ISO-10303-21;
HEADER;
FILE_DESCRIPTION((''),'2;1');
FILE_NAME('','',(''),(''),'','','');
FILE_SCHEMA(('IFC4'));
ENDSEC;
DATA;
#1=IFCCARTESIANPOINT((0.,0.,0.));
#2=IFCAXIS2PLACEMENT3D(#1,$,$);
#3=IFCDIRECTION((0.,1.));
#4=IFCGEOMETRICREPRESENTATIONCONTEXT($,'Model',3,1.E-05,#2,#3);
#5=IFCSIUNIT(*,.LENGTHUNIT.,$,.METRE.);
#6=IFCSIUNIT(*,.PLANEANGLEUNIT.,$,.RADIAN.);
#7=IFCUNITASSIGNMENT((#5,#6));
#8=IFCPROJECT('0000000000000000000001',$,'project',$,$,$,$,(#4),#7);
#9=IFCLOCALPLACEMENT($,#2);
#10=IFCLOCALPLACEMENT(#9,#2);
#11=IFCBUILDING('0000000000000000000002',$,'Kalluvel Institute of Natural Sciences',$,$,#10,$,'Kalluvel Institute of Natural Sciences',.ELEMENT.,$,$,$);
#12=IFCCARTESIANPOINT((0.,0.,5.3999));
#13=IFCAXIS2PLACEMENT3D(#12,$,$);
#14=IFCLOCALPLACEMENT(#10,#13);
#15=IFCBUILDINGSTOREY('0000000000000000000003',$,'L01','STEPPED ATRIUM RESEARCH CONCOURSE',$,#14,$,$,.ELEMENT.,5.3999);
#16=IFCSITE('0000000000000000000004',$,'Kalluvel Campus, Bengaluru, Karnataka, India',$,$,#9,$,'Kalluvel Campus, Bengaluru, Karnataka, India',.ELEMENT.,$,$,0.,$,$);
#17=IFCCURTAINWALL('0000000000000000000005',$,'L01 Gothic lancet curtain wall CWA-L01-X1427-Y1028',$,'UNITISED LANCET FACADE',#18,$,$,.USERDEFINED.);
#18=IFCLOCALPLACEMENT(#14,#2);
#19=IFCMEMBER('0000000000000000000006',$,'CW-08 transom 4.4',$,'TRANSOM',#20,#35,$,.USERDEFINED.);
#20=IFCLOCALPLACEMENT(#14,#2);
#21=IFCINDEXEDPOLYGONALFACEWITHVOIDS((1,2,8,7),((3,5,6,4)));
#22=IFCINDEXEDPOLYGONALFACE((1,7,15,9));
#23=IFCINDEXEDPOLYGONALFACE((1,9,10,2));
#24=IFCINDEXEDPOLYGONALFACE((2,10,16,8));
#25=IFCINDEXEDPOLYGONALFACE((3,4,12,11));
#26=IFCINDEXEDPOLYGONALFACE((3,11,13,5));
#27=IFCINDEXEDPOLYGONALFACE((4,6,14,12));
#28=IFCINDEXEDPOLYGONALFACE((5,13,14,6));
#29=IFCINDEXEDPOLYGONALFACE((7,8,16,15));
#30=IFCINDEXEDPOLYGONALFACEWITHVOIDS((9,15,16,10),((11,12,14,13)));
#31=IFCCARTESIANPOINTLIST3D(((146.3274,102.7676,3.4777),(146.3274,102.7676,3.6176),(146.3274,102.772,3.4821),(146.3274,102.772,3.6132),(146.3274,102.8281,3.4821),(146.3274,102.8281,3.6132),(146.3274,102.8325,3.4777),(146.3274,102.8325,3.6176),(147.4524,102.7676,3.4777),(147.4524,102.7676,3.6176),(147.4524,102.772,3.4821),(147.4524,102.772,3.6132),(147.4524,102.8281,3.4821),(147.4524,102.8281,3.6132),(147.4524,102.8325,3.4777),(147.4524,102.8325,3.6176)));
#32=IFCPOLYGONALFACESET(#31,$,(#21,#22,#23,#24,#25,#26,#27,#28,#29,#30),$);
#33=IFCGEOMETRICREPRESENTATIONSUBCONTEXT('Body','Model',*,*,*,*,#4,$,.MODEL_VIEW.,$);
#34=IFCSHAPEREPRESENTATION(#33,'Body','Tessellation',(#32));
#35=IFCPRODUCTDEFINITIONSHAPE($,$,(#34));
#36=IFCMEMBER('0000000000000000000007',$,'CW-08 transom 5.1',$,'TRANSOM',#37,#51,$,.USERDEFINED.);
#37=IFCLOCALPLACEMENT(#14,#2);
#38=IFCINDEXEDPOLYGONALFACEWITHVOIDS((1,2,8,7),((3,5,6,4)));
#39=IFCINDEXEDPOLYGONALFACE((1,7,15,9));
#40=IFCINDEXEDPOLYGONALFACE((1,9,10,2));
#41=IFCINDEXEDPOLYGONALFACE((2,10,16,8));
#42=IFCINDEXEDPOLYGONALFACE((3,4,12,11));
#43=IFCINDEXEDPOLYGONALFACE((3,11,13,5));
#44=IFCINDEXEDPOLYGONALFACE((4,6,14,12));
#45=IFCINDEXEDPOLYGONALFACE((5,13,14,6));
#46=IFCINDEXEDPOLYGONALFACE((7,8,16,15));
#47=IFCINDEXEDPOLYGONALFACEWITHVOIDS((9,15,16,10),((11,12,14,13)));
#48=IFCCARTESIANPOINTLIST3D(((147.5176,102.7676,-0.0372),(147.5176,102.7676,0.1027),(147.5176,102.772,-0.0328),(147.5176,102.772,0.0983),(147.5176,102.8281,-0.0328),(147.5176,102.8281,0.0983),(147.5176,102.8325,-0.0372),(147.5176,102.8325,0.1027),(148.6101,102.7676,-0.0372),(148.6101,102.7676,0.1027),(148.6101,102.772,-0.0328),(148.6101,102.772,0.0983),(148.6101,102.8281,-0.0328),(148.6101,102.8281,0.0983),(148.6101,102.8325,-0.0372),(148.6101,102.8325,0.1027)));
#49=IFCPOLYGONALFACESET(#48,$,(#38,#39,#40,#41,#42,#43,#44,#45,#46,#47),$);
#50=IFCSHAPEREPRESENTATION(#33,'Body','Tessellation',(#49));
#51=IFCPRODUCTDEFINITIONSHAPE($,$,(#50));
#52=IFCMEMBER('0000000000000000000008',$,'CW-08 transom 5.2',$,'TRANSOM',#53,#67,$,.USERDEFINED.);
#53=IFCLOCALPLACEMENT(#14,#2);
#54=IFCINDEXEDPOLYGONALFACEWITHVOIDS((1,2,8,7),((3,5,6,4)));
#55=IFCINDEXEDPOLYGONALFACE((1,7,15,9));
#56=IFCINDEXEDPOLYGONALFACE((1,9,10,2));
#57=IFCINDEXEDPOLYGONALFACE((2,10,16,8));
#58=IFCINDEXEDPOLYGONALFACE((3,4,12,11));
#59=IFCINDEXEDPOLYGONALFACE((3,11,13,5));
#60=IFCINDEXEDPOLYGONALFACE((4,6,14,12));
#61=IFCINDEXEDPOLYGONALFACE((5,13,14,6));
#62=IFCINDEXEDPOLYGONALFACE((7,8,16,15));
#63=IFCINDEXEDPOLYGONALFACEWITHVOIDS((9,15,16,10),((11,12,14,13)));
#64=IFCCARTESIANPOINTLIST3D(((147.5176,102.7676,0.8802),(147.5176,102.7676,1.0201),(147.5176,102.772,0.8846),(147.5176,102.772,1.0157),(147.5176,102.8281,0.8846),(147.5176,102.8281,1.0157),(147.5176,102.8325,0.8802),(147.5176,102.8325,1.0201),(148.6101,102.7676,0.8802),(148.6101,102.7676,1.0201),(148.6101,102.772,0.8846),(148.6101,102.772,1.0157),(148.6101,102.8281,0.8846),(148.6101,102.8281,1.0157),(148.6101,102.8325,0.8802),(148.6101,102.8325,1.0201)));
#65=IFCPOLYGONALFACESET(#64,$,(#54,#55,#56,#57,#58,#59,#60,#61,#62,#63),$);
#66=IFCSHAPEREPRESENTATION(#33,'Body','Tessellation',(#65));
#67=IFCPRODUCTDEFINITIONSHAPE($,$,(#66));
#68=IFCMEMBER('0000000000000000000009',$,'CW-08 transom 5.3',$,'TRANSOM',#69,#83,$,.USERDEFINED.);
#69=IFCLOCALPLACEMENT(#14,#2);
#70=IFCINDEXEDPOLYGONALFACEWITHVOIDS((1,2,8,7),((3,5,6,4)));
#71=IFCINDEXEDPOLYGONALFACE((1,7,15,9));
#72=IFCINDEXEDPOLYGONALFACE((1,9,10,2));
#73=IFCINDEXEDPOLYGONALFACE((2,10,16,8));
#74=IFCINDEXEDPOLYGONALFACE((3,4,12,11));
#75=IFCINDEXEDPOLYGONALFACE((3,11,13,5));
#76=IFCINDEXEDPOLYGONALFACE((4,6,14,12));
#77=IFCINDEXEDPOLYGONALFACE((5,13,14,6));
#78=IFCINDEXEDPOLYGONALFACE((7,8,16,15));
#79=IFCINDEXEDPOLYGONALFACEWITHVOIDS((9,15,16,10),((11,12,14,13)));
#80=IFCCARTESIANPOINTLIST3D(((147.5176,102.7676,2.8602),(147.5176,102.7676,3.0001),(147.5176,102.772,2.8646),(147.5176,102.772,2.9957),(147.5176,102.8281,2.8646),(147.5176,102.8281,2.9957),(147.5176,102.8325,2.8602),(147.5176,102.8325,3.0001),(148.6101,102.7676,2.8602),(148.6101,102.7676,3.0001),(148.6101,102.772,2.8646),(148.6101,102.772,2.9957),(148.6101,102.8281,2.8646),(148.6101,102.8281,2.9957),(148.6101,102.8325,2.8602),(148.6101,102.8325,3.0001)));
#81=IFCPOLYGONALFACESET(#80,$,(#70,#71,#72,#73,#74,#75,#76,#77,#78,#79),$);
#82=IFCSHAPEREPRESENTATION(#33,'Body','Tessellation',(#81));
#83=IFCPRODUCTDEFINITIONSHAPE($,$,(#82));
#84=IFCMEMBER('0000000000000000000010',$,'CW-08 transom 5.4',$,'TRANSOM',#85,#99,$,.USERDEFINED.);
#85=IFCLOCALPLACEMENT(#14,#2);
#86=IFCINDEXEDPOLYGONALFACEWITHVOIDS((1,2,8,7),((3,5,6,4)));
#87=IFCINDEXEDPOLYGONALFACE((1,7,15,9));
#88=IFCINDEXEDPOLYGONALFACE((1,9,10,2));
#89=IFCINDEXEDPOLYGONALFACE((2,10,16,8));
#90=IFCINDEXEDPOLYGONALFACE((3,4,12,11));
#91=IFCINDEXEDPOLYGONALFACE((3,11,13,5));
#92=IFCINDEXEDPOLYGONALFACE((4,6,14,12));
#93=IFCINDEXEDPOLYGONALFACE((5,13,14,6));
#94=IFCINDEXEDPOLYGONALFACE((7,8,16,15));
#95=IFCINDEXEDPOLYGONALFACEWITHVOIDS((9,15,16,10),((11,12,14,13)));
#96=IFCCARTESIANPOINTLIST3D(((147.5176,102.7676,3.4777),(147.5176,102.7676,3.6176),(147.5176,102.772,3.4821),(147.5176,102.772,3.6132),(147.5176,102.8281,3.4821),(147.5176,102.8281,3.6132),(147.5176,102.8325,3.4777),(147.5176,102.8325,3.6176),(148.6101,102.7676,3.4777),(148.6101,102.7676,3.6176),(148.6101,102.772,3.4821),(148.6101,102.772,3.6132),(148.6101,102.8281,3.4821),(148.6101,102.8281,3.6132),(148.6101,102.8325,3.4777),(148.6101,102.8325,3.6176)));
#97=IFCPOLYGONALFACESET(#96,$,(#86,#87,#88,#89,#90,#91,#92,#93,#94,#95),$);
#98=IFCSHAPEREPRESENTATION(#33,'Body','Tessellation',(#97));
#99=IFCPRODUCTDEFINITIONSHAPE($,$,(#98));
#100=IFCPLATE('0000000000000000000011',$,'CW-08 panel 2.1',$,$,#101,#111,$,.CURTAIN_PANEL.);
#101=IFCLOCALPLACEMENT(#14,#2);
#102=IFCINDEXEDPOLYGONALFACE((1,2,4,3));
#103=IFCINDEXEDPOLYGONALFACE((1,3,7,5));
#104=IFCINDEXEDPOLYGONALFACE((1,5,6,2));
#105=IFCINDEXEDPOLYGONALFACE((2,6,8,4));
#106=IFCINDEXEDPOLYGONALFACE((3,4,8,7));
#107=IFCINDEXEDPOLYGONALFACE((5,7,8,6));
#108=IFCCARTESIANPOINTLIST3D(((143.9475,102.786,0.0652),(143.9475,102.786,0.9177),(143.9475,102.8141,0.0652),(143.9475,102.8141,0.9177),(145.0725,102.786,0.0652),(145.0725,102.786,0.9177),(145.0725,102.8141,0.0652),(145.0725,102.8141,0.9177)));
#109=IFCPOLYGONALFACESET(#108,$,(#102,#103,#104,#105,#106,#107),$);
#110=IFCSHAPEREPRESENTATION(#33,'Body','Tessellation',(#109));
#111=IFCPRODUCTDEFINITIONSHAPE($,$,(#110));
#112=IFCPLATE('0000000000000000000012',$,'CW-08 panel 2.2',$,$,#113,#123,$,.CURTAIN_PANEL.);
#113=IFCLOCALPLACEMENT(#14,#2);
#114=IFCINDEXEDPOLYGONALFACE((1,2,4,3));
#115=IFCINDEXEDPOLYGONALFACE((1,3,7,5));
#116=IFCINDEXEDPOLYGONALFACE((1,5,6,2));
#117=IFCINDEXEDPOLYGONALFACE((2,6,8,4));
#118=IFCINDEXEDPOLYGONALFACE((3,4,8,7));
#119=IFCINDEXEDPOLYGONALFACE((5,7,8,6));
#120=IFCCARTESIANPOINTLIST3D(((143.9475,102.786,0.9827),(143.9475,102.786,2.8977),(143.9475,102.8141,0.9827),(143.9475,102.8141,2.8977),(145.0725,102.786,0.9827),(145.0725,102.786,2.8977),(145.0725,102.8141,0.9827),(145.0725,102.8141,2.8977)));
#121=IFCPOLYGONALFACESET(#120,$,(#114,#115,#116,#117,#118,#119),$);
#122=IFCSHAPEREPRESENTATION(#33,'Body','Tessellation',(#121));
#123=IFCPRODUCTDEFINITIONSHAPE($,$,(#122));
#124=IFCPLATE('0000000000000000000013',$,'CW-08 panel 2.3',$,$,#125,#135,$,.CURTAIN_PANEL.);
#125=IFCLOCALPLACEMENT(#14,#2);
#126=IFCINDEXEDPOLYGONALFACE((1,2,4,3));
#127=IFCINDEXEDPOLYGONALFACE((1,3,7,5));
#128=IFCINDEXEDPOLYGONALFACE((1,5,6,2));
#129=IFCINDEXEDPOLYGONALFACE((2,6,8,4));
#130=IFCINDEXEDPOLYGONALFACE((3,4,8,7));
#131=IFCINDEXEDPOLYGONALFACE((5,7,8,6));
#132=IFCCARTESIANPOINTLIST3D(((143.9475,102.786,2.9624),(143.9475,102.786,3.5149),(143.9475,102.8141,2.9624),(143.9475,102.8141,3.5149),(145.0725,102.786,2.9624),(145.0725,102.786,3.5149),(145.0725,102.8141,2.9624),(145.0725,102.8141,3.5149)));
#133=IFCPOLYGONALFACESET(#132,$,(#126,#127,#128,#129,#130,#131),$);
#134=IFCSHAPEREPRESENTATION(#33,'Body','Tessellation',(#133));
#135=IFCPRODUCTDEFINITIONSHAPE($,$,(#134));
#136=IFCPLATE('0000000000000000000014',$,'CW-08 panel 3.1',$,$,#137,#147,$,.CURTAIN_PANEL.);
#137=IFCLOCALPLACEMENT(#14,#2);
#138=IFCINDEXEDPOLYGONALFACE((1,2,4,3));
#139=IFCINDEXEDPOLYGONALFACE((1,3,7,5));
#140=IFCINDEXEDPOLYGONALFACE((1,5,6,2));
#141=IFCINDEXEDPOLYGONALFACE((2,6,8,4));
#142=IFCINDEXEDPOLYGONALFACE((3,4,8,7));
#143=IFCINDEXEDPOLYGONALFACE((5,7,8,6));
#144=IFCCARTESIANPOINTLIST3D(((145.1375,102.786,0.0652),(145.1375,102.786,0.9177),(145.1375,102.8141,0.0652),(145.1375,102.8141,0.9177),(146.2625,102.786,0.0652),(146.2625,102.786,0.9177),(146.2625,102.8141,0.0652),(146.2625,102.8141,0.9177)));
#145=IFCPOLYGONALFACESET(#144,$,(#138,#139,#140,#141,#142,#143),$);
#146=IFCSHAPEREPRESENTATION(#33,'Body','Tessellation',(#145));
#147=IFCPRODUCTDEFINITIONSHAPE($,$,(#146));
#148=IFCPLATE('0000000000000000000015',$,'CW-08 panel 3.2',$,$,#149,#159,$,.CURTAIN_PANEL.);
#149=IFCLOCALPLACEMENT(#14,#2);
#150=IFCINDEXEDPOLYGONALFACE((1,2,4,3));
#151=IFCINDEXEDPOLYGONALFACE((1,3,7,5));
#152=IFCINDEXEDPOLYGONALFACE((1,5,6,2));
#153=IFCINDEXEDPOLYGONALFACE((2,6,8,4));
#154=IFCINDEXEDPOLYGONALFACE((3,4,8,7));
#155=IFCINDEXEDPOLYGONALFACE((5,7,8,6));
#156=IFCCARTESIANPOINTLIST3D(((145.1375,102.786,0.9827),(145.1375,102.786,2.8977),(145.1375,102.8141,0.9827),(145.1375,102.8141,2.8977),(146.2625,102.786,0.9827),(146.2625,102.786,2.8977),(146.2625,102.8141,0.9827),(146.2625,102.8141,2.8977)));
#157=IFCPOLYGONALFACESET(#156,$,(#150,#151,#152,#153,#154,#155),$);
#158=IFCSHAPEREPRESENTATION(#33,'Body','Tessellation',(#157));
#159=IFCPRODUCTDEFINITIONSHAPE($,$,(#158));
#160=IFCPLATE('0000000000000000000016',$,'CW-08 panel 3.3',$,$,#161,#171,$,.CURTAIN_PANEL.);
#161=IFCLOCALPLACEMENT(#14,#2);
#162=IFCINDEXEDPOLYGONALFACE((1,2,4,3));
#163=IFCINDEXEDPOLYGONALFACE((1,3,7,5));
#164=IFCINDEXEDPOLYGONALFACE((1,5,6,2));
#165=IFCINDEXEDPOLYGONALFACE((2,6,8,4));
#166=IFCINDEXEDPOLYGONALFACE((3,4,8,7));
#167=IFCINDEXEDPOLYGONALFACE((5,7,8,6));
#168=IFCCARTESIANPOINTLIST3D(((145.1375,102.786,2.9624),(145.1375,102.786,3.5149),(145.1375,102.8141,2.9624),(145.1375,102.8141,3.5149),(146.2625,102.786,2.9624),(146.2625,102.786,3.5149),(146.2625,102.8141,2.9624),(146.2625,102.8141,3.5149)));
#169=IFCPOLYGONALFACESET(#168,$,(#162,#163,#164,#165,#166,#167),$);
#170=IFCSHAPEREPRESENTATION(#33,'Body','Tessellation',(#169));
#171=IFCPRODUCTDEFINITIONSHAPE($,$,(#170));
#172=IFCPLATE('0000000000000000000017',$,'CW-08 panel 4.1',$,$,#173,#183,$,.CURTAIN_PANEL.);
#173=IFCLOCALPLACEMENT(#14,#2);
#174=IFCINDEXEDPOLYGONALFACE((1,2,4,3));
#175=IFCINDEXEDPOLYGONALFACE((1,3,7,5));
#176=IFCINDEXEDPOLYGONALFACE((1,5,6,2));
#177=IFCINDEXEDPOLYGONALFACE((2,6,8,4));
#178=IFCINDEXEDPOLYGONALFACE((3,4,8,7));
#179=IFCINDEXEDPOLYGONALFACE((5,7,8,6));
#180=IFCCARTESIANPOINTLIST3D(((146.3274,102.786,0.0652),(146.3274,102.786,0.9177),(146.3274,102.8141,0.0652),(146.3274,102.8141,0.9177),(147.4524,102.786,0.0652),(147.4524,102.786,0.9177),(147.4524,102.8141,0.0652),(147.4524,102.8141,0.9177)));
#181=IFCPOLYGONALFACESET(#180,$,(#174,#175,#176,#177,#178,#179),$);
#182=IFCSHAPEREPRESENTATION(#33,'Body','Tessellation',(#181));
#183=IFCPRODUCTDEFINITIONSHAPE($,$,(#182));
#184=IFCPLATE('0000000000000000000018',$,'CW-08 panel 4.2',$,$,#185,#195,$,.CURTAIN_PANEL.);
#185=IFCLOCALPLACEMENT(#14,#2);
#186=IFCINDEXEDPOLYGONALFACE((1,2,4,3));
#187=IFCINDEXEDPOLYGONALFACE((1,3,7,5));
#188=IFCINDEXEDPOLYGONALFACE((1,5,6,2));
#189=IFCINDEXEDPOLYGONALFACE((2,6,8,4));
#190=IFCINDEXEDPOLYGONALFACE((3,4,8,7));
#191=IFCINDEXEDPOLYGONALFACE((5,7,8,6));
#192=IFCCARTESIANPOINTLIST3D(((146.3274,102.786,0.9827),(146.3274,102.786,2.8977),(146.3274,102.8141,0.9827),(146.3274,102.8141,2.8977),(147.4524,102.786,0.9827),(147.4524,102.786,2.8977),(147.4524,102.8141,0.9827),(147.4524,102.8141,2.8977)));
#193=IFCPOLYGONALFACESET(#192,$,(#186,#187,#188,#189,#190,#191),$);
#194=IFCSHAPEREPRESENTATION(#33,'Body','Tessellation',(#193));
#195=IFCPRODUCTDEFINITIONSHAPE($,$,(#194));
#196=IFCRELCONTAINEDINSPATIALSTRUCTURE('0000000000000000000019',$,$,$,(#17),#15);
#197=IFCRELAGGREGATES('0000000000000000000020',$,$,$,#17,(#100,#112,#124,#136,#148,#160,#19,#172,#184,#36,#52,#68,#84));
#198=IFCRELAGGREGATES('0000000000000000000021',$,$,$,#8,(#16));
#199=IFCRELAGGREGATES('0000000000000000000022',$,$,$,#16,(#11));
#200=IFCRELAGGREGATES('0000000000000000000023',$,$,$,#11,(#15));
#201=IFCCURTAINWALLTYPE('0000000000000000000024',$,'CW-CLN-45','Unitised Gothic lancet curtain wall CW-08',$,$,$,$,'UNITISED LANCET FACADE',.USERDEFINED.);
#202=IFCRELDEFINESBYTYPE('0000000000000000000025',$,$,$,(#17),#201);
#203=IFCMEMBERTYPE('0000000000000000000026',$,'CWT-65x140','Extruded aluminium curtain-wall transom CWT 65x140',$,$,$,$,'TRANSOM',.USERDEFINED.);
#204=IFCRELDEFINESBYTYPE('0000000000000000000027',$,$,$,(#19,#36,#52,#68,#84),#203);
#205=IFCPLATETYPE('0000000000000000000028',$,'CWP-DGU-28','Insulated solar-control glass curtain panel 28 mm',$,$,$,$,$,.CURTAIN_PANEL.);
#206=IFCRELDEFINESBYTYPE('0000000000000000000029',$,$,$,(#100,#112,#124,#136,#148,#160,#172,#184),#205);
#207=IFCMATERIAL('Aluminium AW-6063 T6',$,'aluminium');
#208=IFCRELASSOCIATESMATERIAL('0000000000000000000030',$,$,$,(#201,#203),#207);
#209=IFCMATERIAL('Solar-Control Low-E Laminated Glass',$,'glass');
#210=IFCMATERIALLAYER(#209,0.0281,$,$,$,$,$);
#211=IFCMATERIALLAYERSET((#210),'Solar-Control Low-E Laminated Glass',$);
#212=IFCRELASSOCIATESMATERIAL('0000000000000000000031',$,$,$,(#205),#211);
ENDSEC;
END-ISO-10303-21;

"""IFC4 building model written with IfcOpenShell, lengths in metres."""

from ifc_helpers import new_model, si_unit, direction, frame, origin, origin_2d, place, context, subcontext, project, spatial, rectangle, hollow_rectangle, extrude, material, layer, layer_set, material_profile, profile_set, type_object, element, aggregate, save


model = new_model("IFC4")

# Units and contexts
model_context = context("Model", 3, precision=1e-05, world=origin(), true_north=direction((0.0, 1.0)))
body_context = subcontext(model_context, "Body", "Model", "MODEL_VIEW")
ifc_project = project(units=[si_unit("LENGTHUNIT", "METRE"), si_unit("PLANEANGLEUNIT", "RADIAN")], contexts=[model_context])

# Site, building, storey
site_placement = place(None, origin())
site = spatial("IfcSite", under=ifc_project, at=site_placement, Name="Kalluvel Campus, Bengaluru, Karnataka, India", LongName="Kalluvel Campus, Bengaluru, Karnataka, India", CompositionType="ELEMENT", RefElevation=0.0)
building_placement = place(site_placement, origin())
building = spatial("IfcBuilding", under=site, at=building_placement, Name="Kalluvel Institute of Natural Sciences", LongName="Kalluvel Institute of Natural Sciences", CompositionType="ELEMENT")
storey_placement = place(building_placement, frame((0.0, 0.0, 5.3999)))
storey = spatial("IfcBuildingStorey", under=building, at=storey_placement, Name="L01", Description="STEPPED ATRIUM RESEARCH CONCOURSE", CompositionType="ELEMENT", Elevation=5.3999)

# Curtain wall, members, plates
ifc_material_1 = material(Name="Aluminium AW-6063 T6", Category="aluminium")
curtain_wall_type = type_object("IfcCurtainWallType", Name="CW-CLN-45", Description="Unitised Gothic lancet curtain wall CW-08", ElementType="UNITISED LANCET FACADE", PredefinedType="USERDEFINED", material=ifc_material_1)
curtain_wall_placement = place(storey_placement, origin())
curtain_wall = element("IfcCurtainWall", 1, at=curtain_wall_placement, inside=storey, type_object=curtain_wall_type, Name="L01 Gothic lancet curtain wall CWA-L01-X1427-Y1028", ObjectType="UNITISED LANCET FACADE", PredefinedType="USERDEFINED")
ifc_material_profile_1 = material_profile(ifc_material_1, hollow_rectangle(XDim=0.0649, YDim=0.1399, WallThickness=0.0044, at=origin_2d()), Name="CWT 65x140")
ifc_profile_set_1 = profile_set([ifc_material_profile_1], Name="Aluminium AW-6063 T6")
member_type_1 = type_object("IfcMemberType", Name="CWT-65x140", Description="Extruded aluminium curtain-wall transom CWT 65x140", ElementType="TRANSOM", PredefinedType="USERDEFINED", material=ifc_profile_set_1)
member_1_placement = place(storey_placement, frame((146.3274, 102.8, 3.5476), z_axis=(1.0, 0.0, 0.0), x_axis=(0.0, 1.0, 0.0)))
member_1 = element("IfcMember", 2, at=member_1_placement, type_object=member_type_1, Name="CW-08 transom 4.4", ObjectType="TRANSOM", PredefinedType="USERDEFINED", context=body_context, shape_type="SweptSolid", body=[
    extrude(hollow_rectangle(XDim=0.0649, YDim=0.1399, WallThickness=0.0044, at=origin_2d()), origin(), (0.0, 0.0, 1.0), 1.125),
])
member_2_placement = place(storey_placement, frame((147.5176, 102.8, 0.0327), z_axis=(1.0, 0.0, 0.0), x_axis=(0.0, 1.0, 0.0)))
member_2 = element("IfcMember", 3, at=member_2_placement, type_object=member_type_1, Name="CW-08 transom 5.1", ObjectType="TRANSOM", PredefinedType="USERDEFINED", context=body_context, shape_type="SweptSolid", body=[
    extrude(hollow_rectangle(XDim=0.0649, YDim=0.1399, WallThickness=0.0044, at=origin_2d()), origin(), (0.0, 0.0, 1.0), 1.0925),
])
member_3_placement = place(storey_placement, frame((147.5176, 102.8, 0.9502), z_axis=(1.0, 0.0, 0.0), x_axis=(0.0, 1.0, 0.0)))
member_3 = element("IfcMember", 4, at=member_3_placement, type_object=member_type_1, Name="CW-08 transom 5.2", ObjectType="TRANSOM", PredefinedType="USERDEFINED", context=body_context, shape_type="SweptSolid", body=[
    extrude(hollow_rectangle(XDim=0.0649, YDim=0.1399, WallThickness=0.0044, at=origin_2d()), origin(), (0.0, 0.0, 1.0), 1.0925),
])
member_4_placement = place(storey_placement, frame((147.5176, 102.8, 2.9302), z_axis=(1.0, 0.0, 0.0), x_axis=(0.0, 1.0, 0.0)))
member_4 = element("IfcMember", 5, at=member_4_placement, type_object=member_type_1, Name="CW-08 transom 5.3", ObjectType="TRANSOM", PredefinedType="USERDEFINED", context=body_context, shape_type="SweptSolid", body=[
    extrude(hollow_rectangle(XDim=0.0649, YDim=0.1399, WallThickness=0.0044, at=origin_2d()), origin(), (0.0, 0.0, 1.0), 1.0925),
])
member_5_placement = place(storey_placement, frame((147.5176, 102.8, 3.5476), z_axis=(1.0, 0.0, 0.0), x_axis=(0.0, 1.0, 0.0)))
member_5 = element("IfcMember", 6, at=member_5_placement, type_object=member_type_1, Name="CW-08 transom 5.4", ObjectType="TRANSOM", PredefinedType="USERDEFINED", context=body_context, shape_type="SweptSolid", body=[
    extrude(hollow_rectangle(XDim=0.0649, YDim=0.1399, WallThickness=0.0044, at=origin_2d()), origin(), (0.0, 0.0, 1.0), 1.0925),
])
ifc_material_2 = material(Name="Solar-Control Low-E Laminated Glass", Category="glass")
ifc_layer = layer(ifc_material_2, 0.0281)
ifc_layer_set = layer_set([ifc_layer], Name="Solar-Control Low-E Laminated Glass")
plate_type = type_object("IfcPlateType", Name="CWP-DGU-28", Description="Insulated solar-control glass curtain panel 28 mm", PredefinedType="CURTAIN_PANEL", material=ifc_layer_set)
plate_1_placement = place(storey_placement, frame((144.51, 102.8, 0.0652), z_axis=(0.0, 0.0, 1.0), x_axis=(1.0, 0.0, 0.0)))
plate_1 = element("IfcPlate", 7, at=plate_1_placement, type_object=plate_type, Name="CW-08 panel 2.1", PredefinedType="CURTAIN_PANEL", context=body_context, shape_type="SweptSolid", body=[
    extrude(rectangle(XDim=1.125, YDim=0.0281, at=origin_2d()), origin(), (0.0, 0.0, 1.0), 0.8525),
])
plate_2_placement = place(storey_placement, frame((144.51, 102.8, 0.9827), z_axis=(0.0, 0.0, 1.0), x_axis=(1.0, 0.0, 0.0)))
plate_2 = element("IfcPlate", 8, at=plate_2_placement, type_object=plate_type, Name="CW-08 panel 2.2", PredefinedType="CURTAIN_PANEL", context=body_context, shape_type="SweptSolid", body=[
    extrude(rectangle(XDim=1.125, YDim=0.0281, at=origin_2d()), origin(), (0.0, 0.0, 1.0), 1.915),
])
plate_3_placement = place(storey_placement, frame((144.51, 102.8, 2.9624), z_axis=(0.0, 0.0, 1.0), x_axis=(1.0, 0.0, 0.0)))
plate_3 = element("IfcPlate", 9, at=plate_3_placement, type_object=plate_type, Name="CW-08 panel 2.3", PredefinedType="CURTAIN_PANEL", context=body_context, shape_type="SweptSolid", body=[
    extrude(rectangle(XDim=1.125, YDim=0.0281, at=origin_2d()), origin(), (0.0, 0.0, 1.0), 0.5525),
])
plate_4_placement = place(storey_placement, frame((145.7, 102.8, 0.0652), z_axis=(0.0, 0.0, 1.0), x_axis=(1.0, 0.0, 0.0)))
plate_4 = element("IfcPlate", 10, at=plate_4_placement, type_object=plate_type, Name="CW-08 panel 3.1", PredefinedType="CURTAIN_PANEL", context=body_context, shape_type="SweptSolid", body=[
    extrude(rectangle(XDim=1.125, YDim=0.0281, at=origin_2d()), origin(), (0.0, 0.0, 1.0), 0.8525),
])
plate_5_placement = place(storey_placement, frame((145.7, 102.8, 0.9827), z_axis=(0.0, 0.0, 1.0), x_axis=(1.0, 0.0, 0.0)))
plate_5 = element("IfcPlate", 11, at=plate_5_placement, type_object=plate_type, Name="CW-08 panel 3.2", PredefinedType="CURTAIN_PANEL", context=body_context, shape_type="SweptSolid", body=[
    extrude(rectangle(XDim=1.125, YDim=0.0281, at=origin_2d()), origin(), (0.0, 0.0, 1.0), 1.915),
])
plate_6_placement = place(storey_placement, frame((145.7, 102.8, 2.9624), z_axis=(0.0, 0.0, 1.0), x_axis=(1.0, 0.0, 0.0)))
plate_6 = element("IfcPlate", 12, at=plate_6_placement, type_object=plate_type, Name="CW-08 panel 3.3", PredefinedType="CURTAIN_PANEL", context=body_context, shape_type="SweptSolid", body=[
    extrude(rectangle(XDim=1.125, YDim=0.0281, at=origin_2d()), origin(), (0.0, 0.0, 1.0), 0.5525),
])
plate_7_placement = place(storey_placement, frame((146.8899, 102.8, 0.0652), z_axis=(0.0, 0.0, 1.0), x_axis=(1.0, 0.0, 0.0)))
plate_7 = element("IfcPlate", 13, at=plate_7_placement, type_object=plate_type, Name="CW-08 panel 4.1", PredefinedType="CURTAIN_PANEL", context=body_context, shape_type="SweptSolid", body=[
    extrude(rectangle(XDim=1.125, YDim=0.0281, at=origin_2d()), origin(), (0.0, 0.0, 1.0), 0.8525),
])
plate_8_placement = place(storey_placement, frame((146.8899, 102.8, 0.9827), z_axis=(0.0, 0.0, 1.0), x_axis=(1.0, 0.0, 0.0)))
plate_8 = element("IfcPlate", 14, at=plate_8_placement, type_object=plate_type, Name="CW-08 panel 4.2", PredefinedType="CURTAIN_PANEL", context=body_context, shape_type="SweptSolid", body=[
    extrude(rectangle(XDim=1.125, YDim=0.0281, at=origin_2d()), origin(), (0.0, 0.0, 1.0), 1.915),
])
aggregate(curtain_wall, [plate_1, plate_2, plate_3, plate_4, plate_5, plate_6, member_1, plate_7, plate_8, member_2, member_3, member_4, member_5])

save(model, "model.ifc")
